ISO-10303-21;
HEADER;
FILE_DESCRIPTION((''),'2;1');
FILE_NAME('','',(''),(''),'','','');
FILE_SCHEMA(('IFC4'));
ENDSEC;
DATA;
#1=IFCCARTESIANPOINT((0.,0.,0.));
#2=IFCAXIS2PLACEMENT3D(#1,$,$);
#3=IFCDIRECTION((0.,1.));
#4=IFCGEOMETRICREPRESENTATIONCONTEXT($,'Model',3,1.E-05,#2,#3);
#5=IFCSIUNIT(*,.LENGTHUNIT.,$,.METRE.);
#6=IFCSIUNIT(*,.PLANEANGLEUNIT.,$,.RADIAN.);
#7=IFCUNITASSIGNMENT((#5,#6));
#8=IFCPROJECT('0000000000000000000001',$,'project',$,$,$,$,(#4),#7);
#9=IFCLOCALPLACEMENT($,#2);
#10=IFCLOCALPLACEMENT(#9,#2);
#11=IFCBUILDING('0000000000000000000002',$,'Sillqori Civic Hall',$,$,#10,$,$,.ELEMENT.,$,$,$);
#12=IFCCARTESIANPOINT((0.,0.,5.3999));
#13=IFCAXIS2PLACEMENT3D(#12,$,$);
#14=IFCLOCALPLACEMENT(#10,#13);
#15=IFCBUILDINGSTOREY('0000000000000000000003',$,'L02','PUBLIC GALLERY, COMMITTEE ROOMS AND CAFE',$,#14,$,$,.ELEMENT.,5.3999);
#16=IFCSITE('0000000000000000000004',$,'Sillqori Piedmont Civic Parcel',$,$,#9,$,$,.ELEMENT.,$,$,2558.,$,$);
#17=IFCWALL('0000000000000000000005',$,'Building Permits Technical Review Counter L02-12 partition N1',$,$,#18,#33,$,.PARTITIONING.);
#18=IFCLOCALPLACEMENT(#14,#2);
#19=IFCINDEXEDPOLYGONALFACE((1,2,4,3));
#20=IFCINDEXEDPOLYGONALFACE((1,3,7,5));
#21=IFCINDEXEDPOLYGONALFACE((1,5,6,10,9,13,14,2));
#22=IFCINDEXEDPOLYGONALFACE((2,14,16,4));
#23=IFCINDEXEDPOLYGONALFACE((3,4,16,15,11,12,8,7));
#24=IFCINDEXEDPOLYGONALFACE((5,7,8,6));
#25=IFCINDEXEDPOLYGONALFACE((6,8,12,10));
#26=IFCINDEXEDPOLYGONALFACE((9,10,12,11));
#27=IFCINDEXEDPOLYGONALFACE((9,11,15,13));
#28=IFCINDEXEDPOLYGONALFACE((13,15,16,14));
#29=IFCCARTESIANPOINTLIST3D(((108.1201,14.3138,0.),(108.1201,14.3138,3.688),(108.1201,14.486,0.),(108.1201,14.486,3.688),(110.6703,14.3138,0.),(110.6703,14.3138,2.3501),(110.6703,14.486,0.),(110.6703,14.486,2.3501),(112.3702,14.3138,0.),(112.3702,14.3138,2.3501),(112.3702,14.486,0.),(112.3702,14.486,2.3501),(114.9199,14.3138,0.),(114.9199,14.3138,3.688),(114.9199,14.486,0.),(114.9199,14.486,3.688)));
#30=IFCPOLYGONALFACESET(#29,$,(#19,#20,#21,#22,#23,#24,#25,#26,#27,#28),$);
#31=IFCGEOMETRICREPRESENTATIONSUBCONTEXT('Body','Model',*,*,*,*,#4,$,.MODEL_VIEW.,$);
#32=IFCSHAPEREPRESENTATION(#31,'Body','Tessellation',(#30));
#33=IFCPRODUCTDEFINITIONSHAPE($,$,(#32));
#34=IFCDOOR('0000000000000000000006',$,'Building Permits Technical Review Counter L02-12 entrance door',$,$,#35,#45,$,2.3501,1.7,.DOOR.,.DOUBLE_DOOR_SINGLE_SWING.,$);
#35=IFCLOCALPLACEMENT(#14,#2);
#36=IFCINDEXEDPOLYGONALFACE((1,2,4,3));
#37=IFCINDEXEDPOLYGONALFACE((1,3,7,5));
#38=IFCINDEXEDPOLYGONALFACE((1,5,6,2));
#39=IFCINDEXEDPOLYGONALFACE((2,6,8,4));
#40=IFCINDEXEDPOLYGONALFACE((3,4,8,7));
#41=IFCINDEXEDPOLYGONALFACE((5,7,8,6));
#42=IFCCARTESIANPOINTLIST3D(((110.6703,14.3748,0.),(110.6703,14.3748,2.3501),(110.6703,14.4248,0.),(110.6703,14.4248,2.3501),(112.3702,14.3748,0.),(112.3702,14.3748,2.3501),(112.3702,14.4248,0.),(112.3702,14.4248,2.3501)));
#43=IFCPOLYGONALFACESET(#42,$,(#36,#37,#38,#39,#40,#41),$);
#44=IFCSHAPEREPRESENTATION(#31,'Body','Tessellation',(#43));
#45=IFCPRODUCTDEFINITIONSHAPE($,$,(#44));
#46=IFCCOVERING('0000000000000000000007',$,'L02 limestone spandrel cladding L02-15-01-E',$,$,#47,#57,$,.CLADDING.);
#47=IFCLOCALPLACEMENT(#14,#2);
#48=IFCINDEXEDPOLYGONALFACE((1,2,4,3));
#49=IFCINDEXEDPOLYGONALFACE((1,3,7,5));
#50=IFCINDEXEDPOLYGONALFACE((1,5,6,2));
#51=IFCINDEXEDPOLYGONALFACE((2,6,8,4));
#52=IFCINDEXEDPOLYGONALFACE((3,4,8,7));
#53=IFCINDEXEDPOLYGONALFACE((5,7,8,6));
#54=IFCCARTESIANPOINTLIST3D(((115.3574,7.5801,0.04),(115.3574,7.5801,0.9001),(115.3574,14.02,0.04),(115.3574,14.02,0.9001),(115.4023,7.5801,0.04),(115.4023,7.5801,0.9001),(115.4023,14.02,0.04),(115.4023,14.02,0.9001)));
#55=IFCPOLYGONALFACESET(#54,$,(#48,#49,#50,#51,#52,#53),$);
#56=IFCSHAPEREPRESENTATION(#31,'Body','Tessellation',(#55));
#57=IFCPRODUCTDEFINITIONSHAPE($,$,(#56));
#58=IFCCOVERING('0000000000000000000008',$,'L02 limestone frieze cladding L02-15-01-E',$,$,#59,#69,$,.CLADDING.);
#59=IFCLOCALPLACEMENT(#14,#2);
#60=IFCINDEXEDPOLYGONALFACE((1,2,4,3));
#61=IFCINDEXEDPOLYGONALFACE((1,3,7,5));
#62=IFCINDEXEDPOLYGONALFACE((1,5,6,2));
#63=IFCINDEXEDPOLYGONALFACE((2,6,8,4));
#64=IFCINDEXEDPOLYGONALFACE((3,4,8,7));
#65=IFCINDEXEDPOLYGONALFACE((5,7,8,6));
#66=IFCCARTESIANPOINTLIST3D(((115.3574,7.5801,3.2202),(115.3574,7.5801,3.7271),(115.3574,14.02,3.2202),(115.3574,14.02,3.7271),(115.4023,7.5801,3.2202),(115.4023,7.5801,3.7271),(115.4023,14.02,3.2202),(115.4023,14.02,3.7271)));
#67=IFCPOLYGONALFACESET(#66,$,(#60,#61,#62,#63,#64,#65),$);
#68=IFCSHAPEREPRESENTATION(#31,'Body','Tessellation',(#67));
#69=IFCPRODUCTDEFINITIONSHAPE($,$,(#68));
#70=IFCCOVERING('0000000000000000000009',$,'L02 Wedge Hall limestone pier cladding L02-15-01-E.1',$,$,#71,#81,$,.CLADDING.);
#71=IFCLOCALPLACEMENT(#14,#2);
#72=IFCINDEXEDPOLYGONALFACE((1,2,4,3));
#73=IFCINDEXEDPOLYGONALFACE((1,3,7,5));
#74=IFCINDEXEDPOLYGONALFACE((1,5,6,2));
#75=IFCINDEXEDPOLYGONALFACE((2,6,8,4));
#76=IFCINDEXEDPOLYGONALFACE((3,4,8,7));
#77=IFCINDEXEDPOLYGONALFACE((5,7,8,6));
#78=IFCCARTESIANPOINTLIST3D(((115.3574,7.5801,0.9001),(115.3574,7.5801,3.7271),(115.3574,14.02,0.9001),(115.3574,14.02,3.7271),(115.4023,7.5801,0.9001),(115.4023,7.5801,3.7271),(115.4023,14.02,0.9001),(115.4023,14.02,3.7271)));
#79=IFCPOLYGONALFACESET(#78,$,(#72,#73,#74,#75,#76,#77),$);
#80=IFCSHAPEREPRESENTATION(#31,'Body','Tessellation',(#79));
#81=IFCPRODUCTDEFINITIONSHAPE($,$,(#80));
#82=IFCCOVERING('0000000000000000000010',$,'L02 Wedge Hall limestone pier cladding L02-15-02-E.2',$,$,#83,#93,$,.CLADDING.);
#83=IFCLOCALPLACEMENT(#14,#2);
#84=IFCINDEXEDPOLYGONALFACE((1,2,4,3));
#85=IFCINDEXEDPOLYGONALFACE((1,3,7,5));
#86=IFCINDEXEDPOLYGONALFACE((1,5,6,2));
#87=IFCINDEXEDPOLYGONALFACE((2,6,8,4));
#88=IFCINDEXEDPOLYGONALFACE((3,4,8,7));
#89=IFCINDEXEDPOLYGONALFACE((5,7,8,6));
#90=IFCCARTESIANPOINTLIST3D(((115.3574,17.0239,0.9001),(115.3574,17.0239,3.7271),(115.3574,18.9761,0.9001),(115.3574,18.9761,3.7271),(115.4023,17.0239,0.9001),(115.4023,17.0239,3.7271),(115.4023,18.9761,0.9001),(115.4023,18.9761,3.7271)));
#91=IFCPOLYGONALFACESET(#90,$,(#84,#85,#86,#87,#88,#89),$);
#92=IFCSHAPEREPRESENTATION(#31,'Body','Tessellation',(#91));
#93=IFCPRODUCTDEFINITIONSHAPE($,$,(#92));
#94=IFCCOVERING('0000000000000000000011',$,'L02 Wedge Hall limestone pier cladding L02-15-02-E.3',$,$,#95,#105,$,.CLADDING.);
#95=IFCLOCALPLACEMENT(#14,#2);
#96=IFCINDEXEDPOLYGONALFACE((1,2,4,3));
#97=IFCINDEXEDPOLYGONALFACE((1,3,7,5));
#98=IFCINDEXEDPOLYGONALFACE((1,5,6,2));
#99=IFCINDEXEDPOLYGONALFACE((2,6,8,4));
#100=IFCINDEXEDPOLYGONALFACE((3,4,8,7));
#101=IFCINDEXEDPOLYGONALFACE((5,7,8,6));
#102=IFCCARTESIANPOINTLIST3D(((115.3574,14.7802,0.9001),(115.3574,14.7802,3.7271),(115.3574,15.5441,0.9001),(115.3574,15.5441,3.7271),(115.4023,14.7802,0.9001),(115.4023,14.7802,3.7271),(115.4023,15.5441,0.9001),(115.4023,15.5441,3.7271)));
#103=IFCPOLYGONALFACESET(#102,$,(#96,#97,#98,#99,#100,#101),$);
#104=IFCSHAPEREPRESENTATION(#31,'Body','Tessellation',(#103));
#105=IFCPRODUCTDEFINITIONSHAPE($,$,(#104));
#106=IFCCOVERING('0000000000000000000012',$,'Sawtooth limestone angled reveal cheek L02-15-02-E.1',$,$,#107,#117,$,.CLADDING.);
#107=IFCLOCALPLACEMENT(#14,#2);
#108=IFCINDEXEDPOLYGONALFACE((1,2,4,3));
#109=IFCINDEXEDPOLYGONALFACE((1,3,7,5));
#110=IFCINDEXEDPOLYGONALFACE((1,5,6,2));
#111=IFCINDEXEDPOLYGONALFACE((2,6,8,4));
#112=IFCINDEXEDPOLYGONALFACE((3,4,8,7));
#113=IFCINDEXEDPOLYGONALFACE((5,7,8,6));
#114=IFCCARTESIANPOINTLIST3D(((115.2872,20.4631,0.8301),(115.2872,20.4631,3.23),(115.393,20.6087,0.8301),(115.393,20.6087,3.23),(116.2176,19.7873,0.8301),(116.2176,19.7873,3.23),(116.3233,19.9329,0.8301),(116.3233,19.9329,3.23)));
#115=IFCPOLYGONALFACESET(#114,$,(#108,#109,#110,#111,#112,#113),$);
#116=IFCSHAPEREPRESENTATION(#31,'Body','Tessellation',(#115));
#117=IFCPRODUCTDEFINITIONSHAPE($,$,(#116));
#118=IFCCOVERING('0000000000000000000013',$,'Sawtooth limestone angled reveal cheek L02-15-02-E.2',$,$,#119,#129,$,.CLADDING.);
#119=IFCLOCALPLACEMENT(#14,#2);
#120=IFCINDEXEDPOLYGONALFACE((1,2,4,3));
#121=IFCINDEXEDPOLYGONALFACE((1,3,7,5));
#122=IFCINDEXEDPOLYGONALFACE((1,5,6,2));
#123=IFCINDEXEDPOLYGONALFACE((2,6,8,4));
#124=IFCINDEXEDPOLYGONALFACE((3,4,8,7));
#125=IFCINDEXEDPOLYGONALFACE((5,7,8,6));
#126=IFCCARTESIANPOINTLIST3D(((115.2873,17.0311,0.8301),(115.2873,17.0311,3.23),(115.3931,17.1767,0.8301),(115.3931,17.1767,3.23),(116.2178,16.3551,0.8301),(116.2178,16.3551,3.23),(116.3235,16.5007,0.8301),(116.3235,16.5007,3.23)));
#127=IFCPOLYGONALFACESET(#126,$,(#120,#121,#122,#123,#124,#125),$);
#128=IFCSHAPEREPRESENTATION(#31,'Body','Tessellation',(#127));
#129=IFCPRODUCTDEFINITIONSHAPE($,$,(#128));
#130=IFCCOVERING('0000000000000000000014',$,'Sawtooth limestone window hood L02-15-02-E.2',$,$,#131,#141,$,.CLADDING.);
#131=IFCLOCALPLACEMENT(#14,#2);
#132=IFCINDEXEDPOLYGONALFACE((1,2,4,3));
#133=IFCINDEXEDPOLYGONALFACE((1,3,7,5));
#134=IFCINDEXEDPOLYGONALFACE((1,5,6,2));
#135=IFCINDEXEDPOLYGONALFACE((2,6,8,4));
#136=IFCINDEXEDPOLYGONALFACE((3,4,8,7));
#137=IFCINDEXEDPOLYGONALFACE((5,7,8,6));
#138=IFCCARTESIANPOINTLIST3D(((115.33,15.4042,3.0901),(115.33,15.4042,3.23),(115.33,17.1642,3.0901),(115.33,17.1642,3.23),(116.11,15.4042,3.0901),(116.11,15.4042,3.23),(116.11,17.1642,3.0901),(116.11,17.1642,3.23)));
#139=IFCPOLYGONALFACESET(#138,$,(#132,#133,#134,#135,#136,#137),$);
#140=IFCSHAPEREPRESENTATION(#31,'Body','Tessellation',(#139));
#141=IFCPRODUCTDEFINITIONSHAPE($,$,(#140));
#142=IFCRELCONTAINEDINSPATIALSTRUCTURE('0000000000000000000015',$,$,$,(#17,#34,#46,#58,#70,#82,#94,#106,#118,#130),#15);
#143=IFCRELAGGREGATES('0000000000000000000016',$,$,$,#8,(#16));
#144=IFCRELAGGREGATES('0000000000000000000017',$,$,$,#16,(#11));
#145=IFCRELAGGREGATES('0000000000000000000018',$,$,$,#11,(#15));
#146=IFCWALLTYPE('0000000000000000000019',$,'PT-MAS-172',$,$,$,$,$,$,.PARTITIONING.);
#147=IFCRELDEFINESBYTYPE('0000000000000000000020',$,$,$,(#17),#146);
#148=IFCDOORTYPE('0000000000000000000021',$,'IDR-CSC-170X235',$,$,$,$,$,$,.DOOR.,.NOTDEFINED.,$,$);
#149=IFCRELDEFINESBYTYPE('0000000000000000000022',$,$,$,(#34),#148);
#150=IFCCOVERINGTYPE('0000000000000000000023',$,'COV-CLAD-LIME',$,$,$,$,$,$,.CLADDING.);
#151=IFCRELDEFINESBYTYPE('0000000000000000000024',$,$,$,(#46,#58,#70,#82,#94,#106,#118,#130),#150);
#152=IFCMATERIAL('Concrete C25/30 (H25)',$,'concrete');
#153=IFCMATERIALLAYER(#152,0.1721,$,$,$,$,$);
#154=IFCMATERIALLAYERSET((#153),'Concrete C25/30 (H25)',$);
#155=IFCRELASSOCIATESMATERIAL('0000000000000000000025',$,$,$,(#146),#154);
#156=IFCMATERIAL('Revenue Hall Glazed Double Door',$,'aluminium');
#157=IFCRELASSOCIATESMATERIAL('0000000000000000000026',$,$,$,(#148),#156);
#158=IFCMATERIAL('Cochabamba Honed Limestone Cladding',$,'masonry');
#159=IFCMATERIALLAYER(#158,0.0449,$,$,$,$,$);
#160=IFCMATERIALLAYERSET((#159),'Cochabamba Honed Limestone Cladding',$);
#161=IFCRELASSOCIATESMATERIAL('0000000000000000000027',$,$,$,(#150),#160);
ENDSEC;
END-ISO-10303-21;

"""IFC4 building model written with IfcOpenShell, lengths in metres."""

from ifc_helpers import new_model, si_unit, direction, frame, frame_2d, origin, place, context, subcontext, project, spatial, rectangle, extrude, material, layer, layer_set, type_object, element, fill, save


model = new_model("IFC4")

# Units and contexts
model_context = context("Model", 3, precision=1e-05, world=origin(), true_north=direction((0.0, 1.0)))
body_context = subcontext(model_context, "Body", "Model", "MODEL_VIEW")
ifc_project = project(units=[si_unit("LENGTHUNIT", "METRE"), si_unit("PLANEANGLEUNIT", "RADIAN")], contexts=[model_context])

# Site, building, storey
site_placement = place(None, origin())
site = spatial("IfcSite", under=ifc_project, at=site_placement, Name="Sillqori Piedmont Civic Parcel", CompositionType="ELEMENT", RefElevation=2558.0)
building_placement = place(site_placement, origin())
building = spatial("IfcBuilding", under=site, at=building_placement, Name="Sillqori Civic Hall", CompositionType="ELEMENT")
storey_placement = place(building_placement, frame((0.0, 0.0, 5.3999)))
storey = spatial("IfcBuildingStorey", under=building, at=storey_placement, Name="L02", Description="PUBLIC GALLERY, COMMITTEE ROOMS AND CAFE", CompositionType="ELEMENT", Elevation=5.3999)

# Wall, opening, door
ifc_material_1 = material(Name="Concrete C25/30 (H25)", Category="concrete")
ifc_layer_1 = layer(ifc_material_1, 0.1721)
ifc_layer_set_1 = layer_set([ifc_layer_1], Name="Concrete C25/30 (H25)")
wall_type_1 = type_object("IfcWallType", Name="PT-MAS-172", PredefinedType="PARTITIONING", material=ifc_layer_set_1)
wall_1_placement = place(storey_placement, frame((108.1201, 14.3999, 0.0), z_axis=(0.0, 0.0, 1.0), x_axis=(1.0, 0.0, 0.0)))
wall_1 = element("IfcWall", 1, at=wall_1_placement, inside=storey, type_object=wall_type_1, Name="Building Permits Technical Review Counter L02-12 partition N1", PredefinedType="PARTITIONING", context=body_context, shape_type="SweptSolid", body=[
    extrude(rectangle(XDim=6.7998, YDim=0.1721, at=frame_2d((3.3999, 0.0))), origin(), (0.0, 0.0, 1.0), 3.688),
])
opening_placement = place(wall_1_placement, frame((2.55, 0.0, 0.0)))
opening = element("IfcOpeningElement", 2, at=opening_placement, cuts=wall_1, PredefinedType="OPENING", context=body_context, shape_type="SweptSolid", body=[
    extrude(rectangle(XDim=1.7, YDim=2.3501, at=frame_2d((0.8501, 1.175))), frame((0.0, 0.0959, 0.0), z_axis=(0.0, -1.0, 0.0), x_axis=(1.0, 0.0, 0.0)), (0.0, 0.0, 1.0), 0.1921),
])
ifc_material_2 = material(Name="Revenue Hall Glazed Double Door", Category="aluminium")
door_type = type_object("IfcDoorType", Name="IDR-CSC-170X235", OperationType="NOTDEFINED", PredefinedType="DOOR", material=ifc_material_2)
door_placement = place(opening_placement, origin())
door = element("IfcDoor", 3, at=door_placement, inside=storey, type_object=door_type, Name="Building Permits Technical Review Counter L02-12 entrance door", OperationType="DOUBLE_DOOR_SINGLE_SWING", OverallHeight=2.3501, OverallWidth=1.7, PredefinedType="DOOR", context=body_context, shape_type="SweptSolid", body=[
    extrude(rectangle(XDim=1.7, YDim=2.3501, at=frame_2d((0.8501, 1.175))), frame((0.0, 0.0249, 0.0), z_axis=(0.0, -1.0, 0.0), x_axis=(1.0, 0.0, 0.0)), (0.0, 0.0, 1.0), 0.05),
])
fill(opening, door)

# Coverings
ifc_material_3 = material(Name="Cochabamba Honed Limestone Cladding", Category="masonry")
ifc_layer_2 = layer(ifc_material_3, 0.0449)
ifc_layer_set_2 = layer_set([ifc_layer_2], Name="Cochabamba Honed Limestone Cladding")
covering_type = type_object("IfcCoveringType", Name="COV-CLAD-LIME", PredefinedType="CLADDING", material=ifc_layer_set_2)
covering_1_placement = place(storey_placement, frame((115.3799, 14.02, 0.04), z_axis=(0.0, 0.0, 1.0), x_axis=(0.0, -1.0, 0.0)))
element("IfcCovering", 4, at=covering_1_placement, inside=storey, type_object=covering_type, Name="L02 limestone spandrel cladding L02-15-01-E", PredefinedType="CLADDING", context=body_context, shape_type="SweptSolid", body=[
    extrude(rectangle(XDim=6.4399, YDim=0.0449, at=frame_2d((3.22, 0.0))), origin(), (0.0, 0.0, 1.0), 0.8601),
])
covering_2_placement = place(storey_placement, frame((115.3799, 14.02, 3.2202), z_axis=(0.0, 0.0, 1.0), x_axis=(0.0, -1.0, 0.0)))
element("IfcCovering", 5, at=covering_2_placement, inside=storey, type_object=covering_type, Name="L02 limestone frieze cladding L02-15-01-E", PredefinedType="CLADDING", context=body_context, shape_type="SweptSolid", body=[
    extrude(rectangle(XDim=6.4399, YDim=0.0449, at=frame_2d((3.22, 0.0))), origin(), (0.0, 0.0, 1.0), 0.5068),
])
covering_3_placement = place(storey_placement, frame((115.3799, 14.02, 0.9001), z_axis=(0.0, 0.0, 1.0), x_axis=(0.0, -1.0, 0.0)))
element("IfcCovering", 6, at=covering_3_placement, inside=storey, type_object=covering_type, Name="L02 Wedge Hall limestone pier cladding L02-15-01-E.1", PredefinedType="CLADDING", context=body_context, shape_type="SweptSolid", body=[
    extrude(rectangle(XDim=6.4399, YDim=0.0449, at=frame_2d((3.22, 0.0))), origin(), (0.0, 0.0, 1.0), 2.8269),
])
covering_4_placement = place(storey_placement, frame((115.3799, 18.9761, 0.9001), z_axis=(0.0, 0.0, 1.0), x_axis=(0.0, -1.0, 0.0)))
element("IfcCovering", 7, at=covering_4_placement, inside=storey, type_object=covering_type, Name="L02 Wedge Hall limestone pier cladding L02-15-02-E.2", PredefinedType="CLADDING", context=body_context, shape_type="SweptSolid", body=[
    extrude(rectangle(XDim=1.9521, YDim=0.0449, at=frame_2d((0.9761, 0.0))), origin(), (0.0, 0.0, 1.0), 2.8269),
])
covering_5_placement = place(storey_placement, frame((115.3799, 15.5439, 0.9001), z_axis=(0.0, 0.0, 1.0), x_axis=(0.0, -1.0, 0.0)))
element("IfcCovering", 8, at=covering_5_placement, inside=storey, type_object=covering_type, Name="L02 Wedge Hall limestone pier cladding L02-15-02-E.3", PredefinedType="CLADDING", context=body_context, shape_type="SweptSolid", body=[
    extrude(rectangle(XDim=0.7639, YDim=0.0449, at=frame_2d((0.3818, 0.0))), origin(), (0.0, 0.0, 1.0), 2.8269),
])
covering_6_placement = place(storey_placement, frame((115.3401, 20.5359, 0.8301), z_axis=(0.0, 0.0, 1.0), x_axis=(0.809103, -0.587667, 0.0)))
element("IfcCovering", 9, at=covering_6_placement, inside=storey, type_object=covering_type, Name="Sawtooth limestone angled reveal cheek L02-15-02-E.1", PredefinedType="CLADDING", context=body_context, shape_type="SweptSolid", body=[
    extrude(rectangle(XDim=1.1499, YDim=0.1799, at=frame_2d((0.575, 0.0))), origin(), (0.0, 0.0, 1.0), 2.3999),
])
covering_7_placement = place(storey_placement, frame((115.3401, 17.104, 0.8301), z_axis=(0.0, 0.0, 1.0), x_axis=(0.809002, -0.587806, 0.0)))
element("IfcCovering", 10, at=covering_7_placement, inside=storey, type_object=covering_type, Name="Sawtooth limestone angled reveal cheek L02-15-02-E.2", PredefinedType="CLADDING", context=body_context, shape_type="SweptSolid", body=[
    extrude(rectangle(XDim=1.1501, YDim=0.1799, at=frame_2d((0.5752, 0.0))), origin(), (0.0, 0.0, 1.0), 2.3999),
])
covering_8_placement = place(storey_placement, frame((115.72, 17.1641, 3.0901), z_axis=(0.0, 0.0, 1.0), x_axis=(0.0, -1.0, 0.0)))
element("IfcCovering", 11, at=covering_8_placement, inside=storey, type_object=covering_type, Name="Sawtooth limestone window hood L02-15-02-E.2", PredefinedType="CLADDING", context=body_context, shape_type="SweptSolid", body=[
    extrude(rectangle(XDim=1.76, YDim=0.78, at=frame_2d((0.8799, 0.0))), origin(), (0.0, 0.0, 1.0), 0.1399),
])

save(model, "model.ifc")
